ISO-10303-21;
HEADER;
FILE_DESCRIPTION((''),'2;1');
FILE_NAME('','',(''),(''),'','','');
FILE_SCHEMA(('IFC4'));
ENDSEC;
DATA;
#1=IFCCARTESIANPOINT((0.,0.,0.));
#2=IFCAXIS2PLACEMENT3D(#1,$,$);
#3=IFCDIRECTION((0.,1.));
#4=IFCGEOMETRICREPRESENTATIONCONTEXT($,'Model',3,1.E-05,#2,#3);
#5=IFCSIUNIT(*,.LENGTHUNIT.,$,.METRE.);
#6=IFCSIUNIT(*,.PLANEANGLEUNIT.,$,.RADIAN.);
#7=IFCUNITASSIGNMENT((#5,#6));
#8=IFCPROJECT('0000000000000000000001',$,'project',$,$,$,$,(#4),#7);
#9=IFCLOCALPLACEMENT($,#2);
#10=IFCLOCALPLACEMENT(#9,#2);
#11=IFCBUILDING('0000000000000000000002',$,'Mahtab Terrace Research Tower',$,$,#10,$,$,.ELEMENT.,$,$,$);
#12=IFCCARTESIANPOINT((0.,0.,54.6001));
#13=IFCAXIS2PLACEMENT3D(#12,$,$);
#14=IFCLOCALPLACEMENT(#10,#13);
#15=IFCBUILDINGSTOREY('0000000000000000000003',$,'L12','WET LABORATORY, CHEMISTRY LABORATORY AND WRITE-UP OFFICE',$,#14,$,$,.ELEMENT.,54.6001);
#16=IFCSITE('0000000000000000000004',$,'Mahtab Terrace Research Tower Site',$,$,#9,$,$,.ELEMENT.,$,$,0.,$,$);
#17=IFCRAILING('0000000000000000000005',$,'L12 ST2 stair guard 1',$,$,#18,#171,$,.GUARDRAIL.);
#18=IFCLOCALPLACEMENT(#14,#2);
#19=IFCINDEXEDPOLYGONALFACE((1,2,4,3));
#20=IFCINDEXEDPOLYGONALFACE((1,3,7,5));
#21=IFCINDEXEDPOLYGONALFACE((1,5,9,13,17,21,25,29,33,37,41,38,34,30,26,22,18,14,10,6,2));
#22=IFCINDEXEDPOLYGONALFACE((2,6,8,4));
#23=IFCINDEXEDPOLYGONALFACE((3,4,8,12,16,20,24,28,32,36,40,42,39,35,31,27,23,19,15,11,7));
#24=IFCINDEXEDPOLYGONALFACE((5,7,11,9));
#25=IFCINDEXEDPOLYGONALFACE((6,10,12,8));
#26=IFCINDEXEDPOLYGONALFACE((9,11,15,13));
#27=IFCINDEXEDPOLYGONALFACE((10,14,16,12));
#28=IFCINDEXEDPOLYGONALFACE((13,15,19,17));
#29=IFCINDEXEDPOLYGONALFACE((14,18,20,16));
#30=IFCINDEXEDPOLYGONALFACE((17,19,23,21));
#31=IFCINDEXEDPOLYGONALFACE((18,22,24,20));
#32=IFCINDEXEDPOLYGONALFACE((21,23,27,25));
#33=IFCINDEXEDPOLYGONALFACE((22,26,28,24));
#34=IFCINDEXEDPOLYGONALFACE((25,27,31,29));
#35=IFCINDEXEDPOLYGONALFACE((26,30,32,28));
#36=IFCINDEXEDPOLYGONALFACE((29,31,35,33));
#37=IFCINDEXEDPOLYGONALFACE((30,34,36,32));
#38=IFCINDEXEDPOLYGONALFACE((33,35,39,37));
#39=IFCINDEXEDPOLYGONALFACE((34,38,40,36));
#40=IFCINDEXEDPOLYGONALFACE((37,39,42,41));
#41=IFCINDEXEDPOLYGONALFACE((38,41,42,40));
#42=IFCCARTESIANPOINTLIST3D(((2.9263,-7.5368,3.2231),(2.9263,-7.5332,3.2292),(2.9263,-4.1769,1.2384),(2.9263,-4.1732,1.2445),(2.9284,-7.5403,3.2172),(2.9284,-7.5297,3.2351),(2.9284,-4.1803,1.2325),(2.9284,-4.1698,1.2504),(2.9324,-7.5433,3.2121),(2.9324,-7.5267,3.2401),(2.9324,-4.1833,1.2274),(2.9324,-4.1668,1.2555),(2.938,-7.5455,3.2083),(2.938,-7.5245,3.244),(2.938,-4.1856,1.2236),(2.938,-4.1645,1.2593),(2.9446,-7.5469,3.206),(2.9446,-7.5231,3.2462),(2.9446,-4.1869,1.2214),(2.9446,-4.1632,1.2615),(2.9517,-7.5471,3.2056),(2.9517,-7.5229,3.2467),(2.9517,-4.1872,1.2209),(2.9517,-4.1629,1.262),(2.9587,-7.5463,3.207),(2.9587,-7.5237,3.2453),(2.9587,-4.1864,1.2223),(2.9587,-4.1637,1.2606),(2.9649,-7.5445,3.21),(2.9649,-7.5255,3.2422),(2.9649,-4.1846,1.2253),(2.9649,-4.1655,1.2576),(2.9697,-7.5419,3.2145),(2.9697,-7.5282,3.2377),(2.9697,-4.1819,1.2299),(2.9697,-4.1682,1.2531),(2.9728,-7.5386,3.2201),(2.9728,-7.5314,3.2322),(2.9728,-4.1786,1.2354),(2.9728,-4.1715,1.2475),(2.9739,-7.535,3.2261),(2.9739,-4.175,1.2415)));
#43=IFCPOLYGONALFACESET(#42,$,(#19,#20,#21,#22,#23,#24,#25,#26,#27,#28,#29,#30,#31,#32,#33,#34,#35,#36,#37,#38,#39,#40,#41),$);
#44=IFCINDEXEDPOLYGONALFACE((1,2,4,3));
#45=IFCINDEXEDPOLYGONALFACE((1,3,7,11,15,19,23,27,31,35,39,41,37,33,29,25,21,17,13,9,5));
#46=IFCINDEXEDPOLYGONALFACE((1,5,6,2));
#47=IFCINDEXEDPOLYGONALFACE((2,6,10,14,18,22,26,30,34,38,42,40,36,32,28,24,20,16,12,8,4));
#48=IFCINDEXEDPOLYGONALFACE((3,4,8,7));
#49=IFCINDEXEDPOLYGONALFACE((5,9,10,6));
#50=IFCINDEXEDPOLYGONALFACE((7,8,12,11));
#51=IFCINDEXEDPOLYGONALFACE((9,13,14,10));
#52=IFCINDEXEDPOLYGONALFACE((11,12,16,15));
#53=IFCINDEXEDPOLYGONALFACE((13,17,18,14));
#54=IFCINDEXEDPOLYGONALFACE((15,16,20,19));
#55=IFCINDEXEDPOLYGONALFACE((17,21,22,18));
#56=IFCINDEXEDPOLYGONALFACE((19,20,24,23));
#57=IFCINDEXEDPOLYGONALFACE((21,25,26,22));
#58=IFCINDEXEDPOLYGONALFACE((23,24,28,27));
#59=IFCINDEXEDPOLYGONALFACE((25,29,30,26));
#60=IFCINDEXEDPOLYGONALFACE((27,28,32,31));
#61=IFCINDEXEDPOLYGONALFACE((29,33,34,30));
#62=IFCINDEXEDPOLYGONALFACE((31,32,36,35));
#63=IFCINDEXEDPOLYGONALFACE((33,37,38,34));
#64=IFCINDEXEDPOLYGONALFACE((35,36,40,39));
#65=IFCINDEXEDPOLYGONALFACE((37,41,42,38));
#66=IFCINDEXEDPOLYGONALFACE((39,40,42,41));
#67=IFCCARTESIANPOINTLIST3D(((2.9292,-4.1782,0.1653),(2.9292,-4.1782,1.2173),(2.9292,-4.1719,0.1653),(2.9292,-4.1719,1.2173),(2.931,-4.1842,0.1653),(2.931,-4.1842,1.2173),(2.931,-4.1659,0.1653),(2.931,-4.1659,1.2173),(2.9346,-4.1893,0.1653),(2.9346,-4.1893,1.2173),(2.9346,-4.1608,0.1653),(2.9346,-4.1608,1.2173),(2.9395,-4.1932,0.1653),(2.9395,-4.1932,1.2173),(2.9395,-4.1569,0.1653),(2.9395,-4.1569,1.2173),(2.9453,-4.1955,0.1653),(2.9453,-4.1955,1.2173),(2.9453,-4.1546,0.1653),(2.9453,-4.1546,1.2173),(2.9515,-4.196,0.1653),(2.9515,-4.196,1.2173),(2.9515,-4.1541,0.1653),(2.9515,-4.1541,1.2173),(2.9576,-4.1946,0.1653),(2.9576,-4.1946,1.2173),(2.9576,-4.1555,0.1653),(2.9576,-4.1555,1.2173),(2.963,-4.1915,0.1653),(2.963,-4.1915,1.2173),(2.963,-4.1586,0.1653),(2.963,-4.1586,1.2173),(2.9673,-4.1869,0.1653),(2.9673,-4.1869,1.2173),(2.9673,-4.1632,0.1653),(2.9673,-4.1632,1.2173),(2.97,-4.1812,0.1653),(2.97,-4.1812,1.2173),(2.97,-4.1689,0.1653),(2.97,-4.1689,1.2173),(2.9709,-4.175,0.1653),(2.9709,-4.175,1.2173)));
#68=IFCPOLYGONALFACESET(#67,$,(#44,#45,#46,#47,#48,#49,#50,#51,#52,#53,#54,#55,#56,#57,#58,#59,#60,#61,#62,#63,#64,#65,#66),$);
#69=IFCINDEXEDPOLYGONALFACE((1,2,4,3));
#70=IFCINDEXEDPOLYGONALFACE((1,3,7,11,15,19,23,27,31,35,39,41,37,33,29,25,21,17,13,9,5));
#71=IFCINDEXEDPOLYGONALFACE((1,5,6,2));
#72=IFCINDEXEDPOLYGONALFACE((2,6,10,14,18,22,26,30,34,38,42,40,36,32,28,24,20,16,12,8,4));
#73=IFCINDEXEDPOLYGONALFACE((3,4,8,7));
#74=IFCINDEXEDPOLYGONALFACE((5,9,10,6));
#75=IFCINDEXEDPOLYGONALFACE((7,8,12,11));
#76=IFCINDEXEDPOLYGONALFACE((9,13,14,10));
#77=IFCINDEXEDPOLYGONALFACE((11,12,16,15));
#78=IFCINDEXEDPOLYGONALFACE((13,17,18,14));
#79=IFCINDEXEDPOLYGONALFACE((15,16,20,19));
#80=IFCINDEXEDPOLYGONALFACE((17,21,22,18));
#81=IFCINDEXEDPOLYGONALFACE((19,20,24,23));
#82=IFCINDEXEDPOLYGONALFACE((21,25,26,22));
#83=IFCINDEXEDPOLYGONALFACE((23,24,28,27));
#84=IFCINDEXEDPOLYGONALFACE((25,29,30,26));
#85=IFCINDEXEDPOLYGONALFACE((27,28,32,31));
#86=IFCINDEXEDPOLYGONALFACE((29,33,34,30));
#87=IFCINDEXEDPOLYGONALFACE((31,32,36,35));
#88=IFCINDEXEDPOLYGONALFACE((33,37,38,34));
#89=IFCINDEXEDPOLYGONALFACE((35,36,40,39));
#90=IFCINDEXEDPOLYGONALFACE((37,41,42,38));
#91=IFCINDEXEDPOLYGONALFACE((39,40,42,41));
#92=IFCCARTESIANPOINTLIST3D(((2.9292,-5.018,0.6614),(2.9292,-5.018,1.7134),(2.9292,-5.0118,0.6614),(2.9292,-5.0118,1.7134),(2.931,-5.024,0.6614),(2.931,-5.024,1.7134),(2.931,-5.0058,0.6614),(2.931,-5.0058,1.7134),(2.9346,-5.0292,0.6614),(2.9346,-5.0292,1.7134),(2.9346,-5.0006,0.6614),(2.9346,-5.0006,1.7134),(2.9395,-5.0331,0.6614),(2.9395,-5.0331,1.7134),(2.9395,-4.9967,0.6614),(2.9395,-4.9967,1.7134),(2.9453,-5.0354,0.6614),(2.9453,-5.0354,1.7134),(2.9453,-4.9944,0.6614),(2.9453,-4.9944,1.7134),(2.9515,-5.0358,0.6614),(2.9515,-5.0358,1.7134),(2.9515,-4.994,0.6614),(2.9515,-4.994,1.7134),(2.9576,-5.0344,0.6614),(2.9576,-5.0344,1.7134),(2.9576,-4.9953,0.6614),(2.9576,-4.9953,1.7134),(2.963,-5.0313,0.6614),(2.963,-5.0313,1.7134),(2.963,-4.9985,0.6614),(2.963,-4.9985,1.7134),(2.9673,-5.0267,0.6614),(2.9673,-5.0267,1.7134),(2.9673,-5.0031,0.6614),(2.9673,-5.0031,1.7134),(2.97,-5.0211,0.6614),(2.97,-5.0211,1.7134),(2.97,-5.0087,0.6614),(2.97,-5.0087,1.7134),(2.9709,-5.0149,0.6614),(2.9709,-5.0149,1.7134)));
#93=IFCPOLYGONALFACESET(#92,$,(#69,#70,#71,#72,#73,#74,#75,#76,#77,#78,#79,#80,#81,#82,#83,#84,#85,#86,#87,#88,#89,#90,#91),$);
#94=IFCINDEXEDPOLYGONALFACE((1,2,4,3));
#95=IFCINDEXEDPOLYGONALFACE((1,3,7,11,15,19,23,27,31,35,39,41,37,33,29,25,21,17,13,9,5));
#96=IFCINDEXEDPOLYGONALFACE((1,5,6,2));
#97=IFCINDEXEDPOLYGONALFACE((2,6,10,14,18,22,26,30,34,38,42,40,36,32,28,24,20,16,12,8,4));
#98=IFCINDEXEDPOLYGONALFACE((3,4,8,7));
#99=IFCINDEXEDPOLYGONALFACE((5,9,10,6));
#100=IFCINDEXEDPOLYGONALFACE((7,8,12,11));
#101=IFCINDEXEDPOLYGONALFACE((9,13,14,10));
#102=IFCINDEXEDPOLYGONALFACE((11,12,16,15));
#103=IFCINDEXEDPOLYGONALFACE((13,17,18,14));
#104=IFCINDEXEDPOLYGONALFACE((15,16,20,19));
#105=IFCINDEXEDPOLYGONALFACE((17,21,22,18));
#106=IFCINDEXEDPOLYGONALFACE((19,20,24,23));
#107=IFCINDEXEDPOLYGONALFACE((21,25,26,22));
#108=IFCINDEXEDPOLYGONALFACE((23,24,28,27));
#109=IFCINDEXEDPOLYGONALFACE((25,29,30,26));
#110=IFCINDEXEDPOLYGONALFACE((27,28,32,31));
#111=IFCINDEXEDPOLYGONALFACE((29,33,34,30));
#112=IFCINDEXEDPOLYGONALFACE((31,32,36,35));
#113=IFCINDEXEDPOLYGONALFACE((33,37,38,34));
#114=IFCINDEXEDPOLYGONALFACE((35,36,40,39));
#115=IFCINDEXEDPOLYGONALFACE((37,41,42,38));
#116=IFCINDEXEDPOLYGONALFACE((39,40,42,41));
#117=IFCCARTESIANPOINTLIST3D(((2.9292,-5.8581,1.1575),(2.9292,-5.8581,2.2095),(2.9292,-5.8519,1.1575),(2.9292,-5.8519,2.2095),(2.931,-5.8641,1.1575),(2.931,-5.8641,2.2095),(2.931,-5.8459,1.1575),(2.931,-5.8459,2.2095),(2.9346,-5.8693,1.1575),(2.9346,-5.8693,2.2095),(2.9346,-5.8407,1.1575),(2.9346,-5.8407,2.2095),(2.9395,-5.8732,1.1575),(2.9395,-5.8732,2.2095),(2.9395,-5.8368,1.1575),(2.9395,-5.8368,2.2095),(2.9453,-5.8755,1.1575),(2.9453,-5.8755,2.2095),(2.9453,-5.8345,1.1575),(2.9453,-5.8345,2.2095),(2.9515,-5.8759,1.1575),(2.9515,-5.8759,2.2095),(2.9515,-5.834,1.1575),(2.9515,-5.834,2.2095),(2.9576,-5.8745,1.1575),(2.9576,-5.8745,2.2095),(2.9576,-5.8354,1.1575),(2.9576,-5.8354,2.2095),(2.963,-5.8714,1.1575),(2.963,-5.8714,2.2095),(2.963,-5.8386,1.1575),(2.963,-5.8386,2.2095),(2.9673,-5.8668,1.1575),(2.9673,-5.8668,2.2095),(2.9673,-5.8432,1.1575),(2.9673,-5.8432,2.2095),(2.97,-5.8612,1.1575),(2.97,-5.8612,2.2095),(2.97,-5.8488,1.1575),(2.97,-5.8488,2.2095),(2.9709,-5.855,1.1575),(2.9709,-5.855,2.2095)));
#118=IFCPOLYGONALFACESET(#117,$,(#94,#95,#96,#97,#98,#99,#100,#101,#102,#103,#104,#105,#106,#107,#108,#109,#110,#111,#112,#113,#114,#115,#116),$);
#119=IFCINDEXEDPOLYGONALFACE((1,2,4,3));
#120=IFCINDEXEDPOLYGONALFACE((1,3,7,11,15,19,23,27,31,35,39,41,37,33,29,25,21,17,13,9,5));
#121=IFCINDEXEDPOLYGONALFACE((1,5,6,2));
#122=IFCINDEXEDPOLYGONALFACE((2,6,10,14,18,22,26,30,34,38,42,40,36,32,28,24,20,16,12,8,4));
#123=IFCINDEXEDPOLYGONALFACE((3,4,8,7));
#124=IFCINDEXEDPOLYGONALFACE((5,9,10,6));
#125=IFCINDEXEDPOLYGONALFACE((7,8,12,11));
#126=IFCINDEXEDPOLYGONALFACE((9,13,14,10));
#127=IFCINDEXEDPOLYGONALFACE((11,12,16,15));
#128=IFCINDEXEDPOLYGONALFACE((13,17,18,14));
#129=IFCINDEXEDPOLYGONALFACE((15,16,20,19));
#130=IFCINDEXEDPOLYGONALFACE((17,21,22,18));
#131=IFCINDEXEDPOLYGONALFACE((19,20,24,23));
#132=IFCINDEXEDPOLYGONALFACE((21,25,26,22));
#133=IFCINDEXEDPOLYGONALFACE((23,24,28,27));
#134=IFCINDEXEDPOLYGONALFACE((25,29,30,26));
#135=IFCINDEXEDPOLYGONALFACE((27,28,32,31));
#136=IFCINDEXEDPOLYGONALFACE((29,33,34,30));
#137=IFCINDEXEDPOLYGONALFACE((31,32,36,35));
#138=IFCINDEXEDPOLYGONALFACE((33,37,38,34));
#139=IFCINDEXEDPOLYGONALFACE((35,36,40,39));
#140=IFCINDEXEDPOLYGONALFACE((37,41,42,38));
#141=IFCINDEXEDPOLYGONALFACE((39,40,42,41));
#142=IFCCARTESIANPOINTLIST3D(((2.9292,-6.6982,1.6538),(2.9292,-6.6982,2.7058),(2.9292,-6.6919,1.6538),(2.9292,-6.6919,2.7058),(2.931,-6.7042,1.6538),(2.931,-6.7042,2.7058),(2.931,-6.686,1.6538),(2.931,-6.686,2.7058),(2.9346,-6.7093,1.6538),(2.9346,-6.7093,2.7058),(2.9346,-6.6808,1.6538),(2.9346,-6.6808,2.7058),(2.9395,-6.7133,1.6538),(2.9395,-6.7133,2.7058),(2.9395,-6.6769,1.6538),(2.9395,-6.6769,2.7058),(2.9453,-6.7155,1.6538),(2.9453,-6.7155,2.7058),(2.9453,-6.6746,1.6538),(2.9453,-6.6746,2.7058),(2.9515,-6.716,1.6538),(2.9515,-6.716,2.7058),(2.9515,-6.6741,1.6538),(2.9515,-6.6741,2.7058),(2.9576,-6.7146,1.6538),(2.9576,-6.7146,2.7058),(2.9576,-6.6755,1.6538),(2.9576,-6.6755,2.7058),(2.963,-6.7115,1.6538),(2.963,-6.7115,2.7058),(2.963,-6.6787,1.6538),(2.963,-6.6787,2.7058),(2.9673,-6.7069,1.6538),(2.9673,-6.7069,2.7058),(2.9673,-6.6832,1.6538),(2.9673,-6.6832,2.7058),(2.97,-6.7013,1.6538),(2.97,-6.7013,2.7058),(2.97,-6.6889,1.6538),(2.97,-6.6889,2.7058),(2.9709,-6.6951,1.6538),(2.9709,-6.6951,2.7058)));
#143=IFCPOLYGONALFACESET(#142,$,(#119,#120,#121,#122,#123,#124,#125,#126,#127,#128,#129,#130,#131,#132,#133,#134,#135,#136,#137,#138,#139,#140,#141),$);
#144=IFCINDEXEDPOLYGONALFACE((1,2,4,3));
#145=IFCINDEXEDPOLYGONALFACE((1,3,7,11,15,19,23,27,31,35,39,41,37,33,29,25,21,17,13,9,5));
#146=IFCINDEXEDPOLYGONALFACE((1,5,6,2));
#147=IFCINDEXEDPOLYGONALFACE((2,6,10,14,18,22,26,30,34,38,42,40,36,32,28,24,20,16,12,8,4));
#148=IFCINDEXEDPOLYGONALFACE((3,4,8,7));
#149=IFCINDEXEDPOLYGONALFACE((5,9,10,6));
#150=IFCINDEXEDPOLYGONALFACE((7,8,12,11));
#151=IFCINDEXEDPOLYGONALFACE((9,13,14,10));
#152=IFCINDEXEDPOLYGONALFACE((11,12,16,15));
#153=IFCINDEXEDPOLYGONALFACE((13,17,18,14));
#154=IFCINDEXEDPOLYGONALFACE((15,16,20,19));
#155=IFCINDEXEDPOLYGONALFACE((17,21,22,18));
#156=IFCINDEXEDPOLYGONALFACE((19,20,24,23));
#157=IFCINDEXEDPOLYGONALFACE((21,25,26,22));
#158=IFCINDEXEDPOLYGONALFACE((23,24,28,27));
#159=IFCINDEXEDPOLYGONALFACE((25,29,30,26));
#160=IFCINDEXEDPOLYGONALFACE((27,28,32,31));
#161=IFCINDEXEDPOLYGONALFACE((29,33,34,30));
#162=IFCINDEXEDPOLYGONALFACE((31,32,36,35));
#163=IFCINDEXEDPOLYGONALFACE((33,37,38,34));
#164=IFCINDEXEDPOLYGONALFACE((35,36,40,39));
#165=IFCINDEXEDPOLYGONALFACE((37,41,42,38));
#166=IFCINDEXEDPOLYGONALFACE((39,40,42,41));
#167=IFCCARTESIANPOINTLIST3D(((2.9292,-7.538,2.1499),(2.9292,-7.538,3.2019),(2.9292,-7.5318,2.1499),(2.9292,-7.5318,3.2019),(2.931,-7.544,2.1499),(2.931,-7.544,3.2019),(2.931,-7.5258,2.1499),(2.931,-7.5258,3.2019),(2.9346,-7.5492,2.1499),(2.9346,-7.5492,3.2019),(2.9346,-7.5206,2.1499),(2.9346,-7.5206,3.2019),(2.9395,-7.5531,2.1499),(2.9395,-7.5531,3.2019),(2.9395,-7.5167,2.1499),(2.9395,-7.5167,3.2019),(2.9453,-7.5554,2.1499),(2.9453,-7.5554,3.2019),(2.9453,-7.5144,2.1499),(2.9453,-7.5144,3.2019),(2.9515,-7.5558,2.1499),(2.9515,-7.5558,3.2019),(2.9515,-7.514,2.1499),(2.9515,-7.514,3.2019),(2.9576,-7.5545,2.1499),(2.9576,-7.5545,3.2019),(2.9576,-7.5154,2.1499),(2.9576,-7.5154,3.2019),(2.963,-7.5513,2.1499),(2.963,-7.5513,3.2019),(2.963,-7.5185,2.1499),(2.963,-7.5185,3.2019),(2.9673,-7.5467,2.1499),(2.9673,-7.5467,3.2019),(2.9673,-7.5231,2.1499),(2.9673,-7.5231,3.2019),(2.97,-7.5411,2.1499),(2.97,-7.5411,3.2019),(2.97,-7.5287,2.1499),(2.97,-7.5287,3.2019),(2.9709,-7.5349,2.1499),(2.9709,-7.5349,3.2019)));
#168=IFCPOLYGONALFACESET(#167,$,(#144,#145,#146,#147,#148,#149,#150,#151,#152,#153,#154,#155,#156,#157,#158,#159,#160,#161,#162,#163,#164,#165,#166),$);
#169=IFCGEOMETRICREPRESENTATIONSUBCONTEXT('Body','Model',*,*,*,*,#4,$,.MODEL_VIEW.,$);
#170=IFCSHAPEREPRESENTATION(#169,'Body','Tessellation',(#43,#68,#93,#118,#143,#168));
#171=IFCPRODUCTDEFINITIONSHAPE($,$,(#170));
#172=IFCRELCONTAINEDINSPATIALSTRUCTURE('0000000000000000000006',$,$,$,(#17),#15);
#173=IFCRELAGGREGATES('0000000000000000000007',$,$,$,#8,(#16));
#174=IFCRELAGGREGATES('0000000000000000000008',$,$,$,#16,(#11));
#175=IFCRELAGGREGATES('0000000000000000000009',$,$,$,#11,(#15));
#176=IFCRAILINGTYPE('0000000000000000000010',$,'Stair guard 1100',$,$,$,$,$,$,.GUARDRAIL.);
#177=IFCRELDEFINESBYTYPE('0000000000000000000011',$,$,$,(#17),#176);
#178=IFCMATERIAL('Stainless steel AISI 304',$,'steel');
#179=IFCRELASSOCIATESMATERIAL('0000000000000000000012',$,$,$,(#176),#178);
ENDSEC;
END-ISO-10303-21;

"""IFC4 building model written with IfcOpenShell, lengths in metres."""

from ifc_helpers import new_model, si_unit, direction, frame, origin, origin_2d, place, context, subcontext, project, spatial, circle, extrude, material, type_object, element, save


model = new_model("IFC4")

# Units and contexts
model_context = context("Model", 3, precision=1e-05, world=origin(), true_north=direction((0.0, 1.0)))
body_context = subcontext(model_context, "Body", "Model", "MODEL_VIEW")
ifc_project = project(units=[si_unit("LENGTHUNIT", "METRE"), si_unit("PLANEANGLEUNIT", "RADIAN")], contexts=[model_context])

# Site, building, storey
site_placement = place(None, origin())
site = spatial("IfcSite", under=ifc_project, at=site_placement, Name="Mahtab Terrace Research Tower Site", CompositionType="ELEMENT", RefElevation=0.0)
building_placement = place(site_placement, origin())
building = spatial("IfcBuilding", under=site, at=building_placement, Name="Mahtab Terrace Research Tower", CompositionType="ELEMENT")
storey_placement = place(building_placement, frame((0.0, 0.0, 54.6001)))
storey = spatial("IfcBuildingStorey", under=building, at=storey_placement, Name="L12", Description="WET LABORATORY, CHEMISTRY LABORATORY AND WRITE-UP OFFICE", CompositionType="ELEMENT", Elevation=54.6001)

# Railing
ifc_material_1 = material(Name="Stainless steel AISI 304", Category="steel")
railing_type_1 = type_object("IfcRailingType", Name="Stair guard 1100", PredefinedType="GUARDRAIL", material=ifc_material_1)
railing_1_placement = place(storey_placement, frame((2.95, -4.175, 0.1653)))
element("IfcRailing", 1, at=railing_1_placement, inside=storey, type_object=railing_type_1, Name="L12 ST2 stair guard 1", PredefinedType="GUARDRAIL", context=body_context, shape_type="SweptSolid", body=[
    extrude(circle(Radius=0.0239, at=origin_2d()), frame((0.0, 0.0, 1.0762), z_axis=(0.0, -0.861011, 0.508586), x_axis=(1.0, 0.0, 0.0)), (0.0, 0.0, 1.0), 3.9023),
    extrude(circle(Radius=0.021, at=origin_2d()), origin(), (0.0, 0.0, 1.0), 1.052),
    extrude(circle(Radius=0.021, at=origin_2d()), frame((0.0, -0.8398, 0.4961)), (0.0, 0.0, 1.0), 1.052),
    extrude(circle(Radius=0.021, at=origin_2d()), frame((0.0, -1.6799, 0.9922)), (0.0, 0.0, 1.0), 1.052),
    extrude(circle(Radius=0.021, at=origin_2d()), frame((0.0, -2.52, 1.4885)), (0.0, 0.0, 1.0), 1.052),
    extrude(circle(Radius=0.021, at=origin_2d()), frame((0.0, -3.3599, 1.9846)), (0.0, 0.0, 1.0), 1.052),
])

save(model, "model.ifc")
